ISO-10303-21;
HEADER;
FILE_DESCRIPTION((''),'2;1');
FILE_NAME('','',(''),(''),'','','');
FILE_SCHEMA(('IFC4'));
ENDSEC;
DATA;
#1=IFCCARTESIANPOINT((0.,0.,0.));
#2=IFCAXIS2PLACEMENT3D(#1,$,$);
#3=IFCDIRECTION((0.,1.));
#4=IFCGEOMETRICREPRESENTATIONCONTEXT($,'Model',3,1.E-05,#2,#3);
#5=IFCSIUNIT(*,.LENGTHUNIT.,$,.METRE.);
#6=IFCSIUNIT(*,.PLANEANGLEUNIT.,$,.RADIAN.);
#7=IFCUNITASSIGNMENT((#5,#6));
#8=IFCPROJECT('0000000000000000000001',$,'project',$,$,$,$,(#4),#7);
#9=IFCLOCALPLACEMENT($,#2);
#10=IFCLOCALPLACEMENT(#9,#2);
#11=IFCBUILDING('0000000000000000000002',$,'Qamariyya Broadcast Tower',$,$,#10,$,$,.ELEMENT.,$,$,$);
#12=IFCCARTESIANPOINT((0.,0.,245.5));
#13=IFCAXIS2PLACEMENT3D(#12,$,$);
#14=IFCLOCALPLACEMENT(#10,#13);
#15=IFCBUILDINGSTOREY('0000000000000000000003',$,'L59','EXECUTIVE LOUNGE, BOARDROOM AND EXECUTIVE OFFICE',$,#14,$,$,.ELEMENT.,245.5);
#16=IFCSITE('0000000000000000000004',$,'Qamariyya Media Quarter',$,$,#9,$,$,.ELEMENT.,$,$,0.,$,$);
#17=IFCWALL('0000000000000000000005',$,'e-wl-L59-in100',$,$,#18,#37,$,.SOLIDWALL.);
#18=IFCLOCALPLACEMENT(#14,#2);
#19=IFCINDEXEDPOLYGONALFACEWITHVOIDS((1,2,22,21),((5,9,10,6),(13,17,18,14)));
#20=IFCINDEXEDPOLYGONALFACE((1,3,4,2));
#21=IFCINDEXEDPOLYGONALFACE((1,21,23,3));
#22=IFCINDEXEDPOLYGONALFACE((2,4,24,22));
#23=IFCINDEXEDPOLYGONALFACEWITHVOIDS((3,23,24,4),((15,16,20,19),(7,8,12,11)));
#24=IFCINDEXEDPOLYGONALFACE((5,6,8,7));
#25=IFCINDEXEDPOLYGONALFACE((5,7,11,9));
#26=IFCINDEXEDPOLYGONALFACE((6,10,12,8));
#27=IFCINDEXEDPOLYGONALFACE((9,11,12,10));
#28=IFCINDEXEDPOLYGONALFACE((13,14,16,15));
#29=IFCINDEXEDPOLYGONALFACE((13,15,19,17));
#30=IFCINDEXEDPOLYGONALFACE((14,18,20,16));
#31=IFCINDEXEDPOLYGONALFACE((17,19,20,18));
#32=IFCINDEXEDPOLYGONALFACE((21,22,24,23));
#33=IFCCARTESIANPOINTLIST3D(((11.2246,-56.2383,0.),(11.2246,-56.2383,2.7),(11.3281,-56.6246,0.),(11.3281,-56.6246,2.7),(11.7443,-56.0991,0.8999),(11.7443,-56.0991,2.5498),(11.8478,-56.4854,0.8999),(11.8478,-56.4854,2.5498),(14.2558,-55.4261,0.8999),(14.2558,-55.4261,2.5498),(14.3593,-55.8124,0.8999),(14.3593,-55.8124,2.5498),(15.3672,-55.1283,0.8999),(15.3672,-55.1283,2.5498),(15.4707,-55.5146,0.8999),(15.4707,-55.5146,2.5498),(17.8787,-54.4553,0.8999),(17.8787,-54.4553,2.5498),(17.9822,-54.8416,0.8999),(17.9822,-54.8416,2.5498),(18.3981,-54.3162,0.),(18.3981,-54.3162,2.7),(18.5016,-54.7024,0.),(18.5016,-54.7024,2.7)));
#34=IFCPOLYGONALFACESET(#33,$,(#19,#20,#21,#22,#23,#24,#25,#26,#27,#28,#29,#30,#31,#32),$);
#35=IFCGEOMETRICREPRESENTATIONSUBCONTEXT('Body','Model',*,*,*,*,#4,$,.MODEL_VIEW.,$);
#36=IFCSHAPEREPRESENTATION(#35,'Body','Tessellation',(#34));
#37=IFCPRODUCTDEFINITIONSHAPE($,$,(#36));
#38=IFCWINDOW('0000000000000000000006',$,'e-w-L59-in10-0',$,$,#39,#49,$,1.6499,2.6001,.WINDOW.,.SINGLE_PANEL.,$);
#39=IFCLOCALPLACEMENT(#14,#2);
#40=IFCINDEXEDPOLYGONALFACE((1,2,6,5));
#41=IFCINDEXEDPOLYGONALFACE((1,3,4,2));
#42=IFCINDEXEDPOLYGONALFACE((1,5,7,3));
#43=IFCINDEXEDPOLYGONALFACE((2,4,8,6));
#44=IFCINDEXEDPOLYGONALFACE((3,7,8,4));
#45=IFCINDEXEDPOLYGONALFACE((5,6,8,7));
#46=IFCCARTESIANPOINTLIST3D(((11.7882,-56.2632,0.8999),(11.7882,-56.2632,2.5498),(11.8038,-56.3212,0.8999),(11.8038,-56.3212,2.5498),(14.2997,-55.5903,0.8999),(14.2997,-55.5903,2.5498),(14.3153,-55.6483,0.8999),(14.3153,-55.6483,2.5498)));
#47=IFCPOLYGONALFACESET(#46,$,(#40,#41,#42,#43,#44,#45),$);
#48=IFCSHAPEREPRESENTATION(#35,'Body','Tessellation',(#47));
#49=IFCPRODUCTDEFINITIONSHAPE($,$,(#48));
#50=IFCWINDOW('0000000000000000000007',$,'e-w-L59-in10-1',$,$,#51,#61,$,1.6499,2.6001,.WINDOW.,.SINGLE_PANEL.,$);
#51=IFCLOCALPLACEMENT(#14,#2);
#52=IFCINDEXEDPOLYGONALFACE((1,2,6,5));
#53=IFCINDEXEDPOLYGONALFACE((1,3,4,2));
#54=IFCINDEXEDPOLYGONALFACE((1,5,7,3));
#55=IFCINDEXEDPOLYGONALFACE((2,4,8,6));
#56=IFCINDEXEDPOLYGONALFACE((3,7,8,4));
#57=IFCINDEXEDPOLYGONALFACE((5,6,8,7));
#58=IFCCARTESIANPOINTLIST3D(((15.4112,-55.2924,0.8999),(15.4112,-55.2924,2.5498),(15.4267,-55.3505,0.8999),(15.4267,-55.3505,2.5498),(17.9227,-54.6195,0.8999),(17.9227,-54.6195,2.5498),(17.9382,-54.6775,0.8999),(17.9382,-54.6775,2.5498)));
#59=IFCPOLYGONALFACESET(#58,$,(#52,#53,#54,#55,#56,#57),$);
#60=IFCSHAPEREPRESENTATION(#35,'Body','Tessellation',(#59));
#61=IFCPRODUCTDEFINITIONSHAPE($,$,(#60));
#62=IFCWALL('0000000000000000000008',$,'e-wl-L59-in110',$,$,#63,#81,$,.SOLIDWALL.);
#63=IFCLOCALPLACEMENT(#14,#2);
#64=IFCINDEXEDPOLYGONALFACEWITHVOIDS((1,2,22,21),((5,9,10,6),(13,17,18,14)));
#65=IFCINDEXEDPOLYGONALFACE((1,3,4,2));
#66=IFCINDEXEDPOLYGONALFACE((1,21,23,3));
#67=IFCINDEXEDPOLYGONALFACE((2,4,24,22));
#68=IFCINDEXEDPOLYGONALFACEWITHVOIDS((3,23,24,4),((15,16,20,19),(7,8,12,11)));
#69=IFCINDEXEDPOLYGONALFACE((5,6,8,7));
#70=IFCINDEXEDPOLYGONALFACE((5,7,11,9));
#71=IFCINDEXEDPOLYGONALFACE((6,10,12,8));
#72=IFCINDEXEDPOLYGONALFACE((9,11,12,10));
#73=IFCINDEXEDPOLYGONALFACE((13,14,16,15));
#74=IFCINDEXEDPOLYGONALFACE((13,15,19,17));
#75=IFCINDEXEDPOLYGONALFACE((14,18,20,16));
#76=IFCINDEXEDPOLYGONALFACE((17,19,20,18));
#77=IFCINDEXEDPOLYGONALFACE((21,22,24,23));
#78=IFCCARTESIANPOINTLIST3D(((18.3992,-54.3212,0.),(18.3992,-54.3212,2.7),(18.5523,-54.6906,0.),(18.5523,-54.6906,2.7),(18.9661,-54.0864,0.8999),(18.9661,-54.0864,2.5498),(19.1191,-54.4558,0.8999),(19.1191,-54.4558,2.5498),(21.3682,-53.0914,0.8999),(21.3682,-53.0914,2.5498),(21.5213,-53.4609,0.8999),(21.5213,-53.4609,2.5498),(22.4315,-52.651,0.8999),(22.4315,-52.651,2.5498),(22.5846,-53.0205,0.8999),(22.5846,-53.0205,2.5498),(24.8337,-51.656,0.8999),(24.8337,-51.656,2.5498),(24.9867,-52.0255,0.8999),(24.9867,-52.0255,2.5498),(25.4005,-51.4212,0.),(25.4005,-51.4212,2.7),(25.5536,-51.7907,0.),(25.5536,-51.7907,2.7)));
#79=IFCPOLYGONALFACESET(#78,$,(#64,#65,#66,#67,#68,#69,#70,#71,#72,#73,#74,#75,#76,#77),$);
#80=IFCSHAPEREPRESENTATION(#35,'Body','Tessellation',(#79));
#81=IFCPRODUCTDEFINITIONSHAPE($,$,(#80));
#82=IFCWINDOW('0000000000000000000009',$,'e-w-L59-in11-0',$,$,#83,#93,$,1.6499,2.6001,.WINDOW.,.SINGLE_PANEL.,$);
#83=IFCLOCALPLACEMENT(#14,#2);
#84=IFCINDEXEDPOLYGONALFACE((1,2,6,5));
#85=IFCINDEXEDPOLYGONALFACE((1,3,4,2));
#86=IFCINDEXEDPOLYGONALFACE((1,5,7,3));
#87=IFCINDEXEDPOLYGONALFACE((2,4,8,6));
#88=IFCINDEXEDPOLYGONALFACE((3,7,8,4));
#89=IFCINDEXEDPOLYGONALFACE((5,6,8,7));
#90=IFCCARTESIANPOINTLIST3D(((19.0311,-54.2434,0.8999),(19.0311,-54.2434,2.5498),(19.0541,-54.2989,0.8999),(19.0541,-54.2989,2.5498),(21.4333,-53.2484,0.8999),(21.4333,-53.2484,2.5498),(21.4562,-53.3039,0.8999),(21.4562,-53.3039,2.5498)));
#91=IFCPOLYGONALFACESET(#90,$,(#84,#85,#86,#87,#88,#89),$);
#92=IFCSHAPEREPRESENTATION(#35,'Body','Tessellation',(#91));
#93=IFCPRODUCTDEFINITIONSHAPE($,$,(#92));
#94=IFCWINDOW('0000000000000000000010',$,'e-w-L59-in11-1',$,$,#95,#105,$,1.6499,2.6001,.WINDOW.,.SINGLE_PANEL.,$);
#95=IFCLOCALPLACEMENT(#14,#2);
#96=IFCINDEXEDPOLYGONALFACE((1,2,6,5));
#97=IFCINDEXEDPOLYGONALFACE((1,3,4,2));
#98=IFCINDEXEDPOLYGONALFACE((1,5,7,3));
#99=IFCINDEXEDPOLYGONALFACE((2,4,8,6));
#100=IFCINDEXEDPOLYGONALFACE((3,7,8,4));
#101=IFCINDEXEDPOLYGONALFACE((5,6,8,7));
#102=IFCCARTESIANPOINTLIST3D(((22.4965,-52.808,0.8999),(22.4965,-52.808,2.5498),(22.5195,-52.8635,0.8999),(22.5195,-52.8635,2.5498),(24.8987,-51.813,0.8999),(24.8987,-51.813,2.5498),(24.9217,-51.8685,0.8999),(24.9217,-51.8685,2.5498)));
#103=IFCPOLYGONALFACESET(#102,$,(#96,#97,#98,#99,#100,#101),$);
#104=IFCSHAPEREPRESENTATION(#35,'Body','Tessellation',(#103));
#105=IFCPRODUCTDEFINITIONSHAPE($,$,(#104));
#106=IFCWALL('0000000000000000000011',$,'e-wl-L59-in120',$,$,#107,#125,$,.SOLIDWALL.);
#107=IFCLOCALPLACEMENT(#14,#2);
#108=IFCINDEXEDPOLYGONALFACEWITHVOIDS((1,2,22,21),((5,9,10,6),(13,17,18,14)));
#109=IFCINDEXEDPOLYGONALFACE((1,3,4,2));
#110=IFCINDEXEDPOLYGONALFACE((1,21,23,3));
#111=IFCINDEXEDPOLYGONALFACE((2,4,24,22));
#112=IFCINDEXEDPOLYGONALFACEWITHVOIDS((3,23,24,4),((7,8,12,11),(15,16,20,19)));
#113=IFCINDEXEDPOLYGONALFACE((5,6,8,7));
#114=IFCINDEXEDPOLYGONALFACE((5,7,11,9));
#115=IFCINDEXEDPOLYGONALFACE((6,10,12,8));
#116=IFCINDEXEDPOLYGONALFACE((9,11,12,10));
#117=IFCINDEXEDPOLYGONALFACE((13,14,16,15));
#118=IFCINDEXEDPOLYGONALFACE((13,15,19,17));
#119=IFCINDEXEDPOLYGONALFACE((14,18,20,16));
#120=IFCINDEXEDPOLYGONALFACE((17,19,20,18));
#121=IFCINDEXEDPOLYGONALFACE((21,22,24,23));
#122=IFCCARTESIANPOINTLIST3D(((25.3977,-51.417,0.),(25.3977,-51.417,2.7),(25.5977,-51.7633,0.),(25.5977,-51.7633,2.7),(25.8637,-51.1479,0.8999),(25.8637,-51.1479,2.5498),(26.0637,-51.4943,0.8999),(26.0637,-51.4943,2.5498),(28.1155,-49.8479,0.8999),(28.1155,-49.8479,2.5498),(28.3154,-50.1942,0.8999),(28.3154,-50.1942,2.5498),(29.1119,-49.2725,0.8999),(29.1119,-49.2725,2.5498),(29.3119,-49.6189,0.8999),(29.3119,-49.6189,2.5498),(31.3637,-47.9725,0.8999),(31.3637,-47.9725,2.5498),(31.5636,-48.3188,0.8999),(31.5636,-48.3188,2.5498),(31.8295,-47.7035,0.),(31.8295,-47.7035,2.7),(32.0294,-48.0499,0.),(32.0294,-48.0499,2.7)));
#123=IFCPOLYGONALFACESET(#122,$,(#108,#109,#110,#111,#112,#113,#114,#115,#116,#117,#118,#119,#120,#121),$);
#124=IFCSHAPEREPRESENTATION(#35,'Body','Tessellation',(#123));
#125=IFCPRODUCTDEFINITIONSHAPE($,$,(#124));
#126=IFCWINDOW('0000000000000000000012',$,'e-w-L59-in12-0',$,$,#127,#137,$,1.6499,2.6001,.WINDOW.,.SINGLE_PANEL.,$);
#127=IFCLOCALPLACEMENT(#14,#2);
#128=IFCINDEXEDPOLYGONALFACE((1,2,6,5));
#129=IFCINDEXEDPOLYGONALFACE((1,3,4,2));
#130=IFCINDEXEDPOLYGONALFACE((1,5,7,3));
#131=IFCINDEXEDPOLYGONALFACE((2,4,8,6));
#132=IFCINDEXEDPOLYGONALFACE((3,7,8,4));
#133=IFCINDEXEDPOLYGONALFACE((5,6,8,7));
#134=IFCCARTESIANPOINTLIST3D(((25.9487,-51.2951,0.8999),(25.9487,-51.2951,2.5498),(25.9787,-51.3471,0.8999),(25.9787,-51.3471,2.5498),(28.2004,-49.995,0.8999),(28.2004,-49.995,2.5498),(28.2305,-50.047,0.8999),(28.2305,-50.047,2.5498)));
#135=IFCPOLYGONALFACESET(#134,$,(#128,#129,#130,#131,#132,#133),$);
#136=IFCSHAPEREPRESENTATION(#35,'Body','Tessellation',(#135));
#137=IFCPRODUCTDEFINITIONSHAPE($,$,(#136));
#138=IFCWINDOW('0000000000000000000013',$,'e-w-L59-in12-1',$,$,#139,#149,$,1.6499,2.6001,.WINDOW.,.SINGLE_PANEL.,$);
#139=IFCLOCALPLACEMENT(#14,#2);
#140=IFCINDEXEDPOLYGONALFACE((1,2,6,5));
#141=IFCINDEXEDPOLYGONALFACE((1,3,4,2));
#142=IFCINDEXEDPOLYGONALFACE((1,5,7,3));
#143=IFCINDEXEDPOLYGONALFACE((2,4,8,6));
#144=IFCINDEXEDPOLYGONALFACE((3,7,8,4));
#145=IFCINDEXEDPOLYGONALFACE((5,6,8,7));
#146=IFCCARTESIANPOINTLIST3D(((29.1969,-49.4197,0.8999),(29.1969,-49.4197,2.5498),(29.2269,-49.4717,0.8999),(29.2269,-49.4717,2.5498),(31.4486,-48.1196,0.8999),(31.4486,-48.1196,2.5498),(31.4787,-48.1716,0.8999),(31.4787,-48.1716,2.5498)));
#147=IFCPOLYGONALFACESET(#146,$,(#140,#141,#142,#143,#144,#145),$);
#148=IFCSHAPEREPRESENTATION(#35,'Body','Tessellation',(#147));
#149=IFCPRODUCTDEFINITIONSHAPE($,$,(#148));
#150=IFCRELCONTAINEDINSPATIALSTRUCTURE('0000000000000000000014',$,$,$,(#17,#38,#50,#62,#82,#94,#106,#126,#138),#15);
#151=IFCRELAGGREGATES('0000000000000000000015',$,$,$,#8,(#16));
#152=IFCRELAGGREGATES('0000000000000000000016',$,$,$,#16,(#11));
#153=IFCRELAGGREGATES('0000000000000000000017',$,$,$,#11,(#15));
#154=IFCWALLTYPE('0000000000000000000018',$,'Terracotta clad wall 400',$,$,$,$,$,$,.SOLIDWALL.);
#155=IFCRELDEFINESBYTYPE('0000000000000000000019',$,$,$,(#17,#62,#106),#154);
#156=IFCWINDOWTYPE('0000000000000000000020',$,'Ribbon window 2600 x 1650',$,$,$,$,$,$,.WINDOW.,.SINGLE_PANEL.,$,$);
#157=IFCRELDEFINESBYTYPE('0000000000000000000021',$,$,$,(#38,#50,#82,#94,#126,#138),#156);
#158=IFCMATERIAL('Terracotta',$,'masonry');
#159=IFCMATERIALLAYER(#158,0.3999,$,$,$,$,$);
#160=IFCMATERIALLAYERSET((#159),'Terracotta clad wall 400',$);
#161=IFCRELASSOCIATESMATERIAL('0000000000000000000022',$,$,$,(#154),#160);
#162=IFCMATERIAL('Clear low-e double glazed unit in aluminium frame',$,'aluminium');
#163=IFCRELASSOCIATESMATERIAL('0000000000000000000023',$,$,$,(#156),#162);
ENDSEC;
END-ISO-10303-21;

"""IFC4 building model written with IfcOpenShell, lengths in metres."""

from ifc_helpers import new_model, si_unit, direction, frame, frame_2d, origin, place, context, subcontext, project, spatial, rectangle, extrude, material, layer, layer_set, type_object, element, fill, save


model = new_model("IFC4")

# Units and contexts
model_context = context("Model", 3, precision=1e-05, world=origin(), true_north=direction((0.0, 1.0)))
body_context = subcontext(model_context, "Body", "Model", "MODEL_VIEW")
ifc_project = project(units=[si_unit("LENGTHUNIT", "METRE"), si_unit("PLANEANGLEUNIT", "RADIAN")], contexts=[model_context])

# Site, building, storey
site_placement = place(None, origin())
site = spatial("IfcSite", under=ifc_project, at=site_placement, Name="Qamariyya Media Quarter", CompositionType="ELEMENT", RefElevation=0.0)
building_placement = place(site_placement, origin())
building = spatial("IfcBuilding", under=site, at=building_placement, Name="Qamariyya Broadcast Tower", CompositionType="ELEMENT")
storey_placement = place(building_placement, frame((0.0, 0.0, 245.5)))
storey = spatial("IfcBuildingStorey", under=building, at=storey_placement, Name="L59", Description="EXECUTIVE LOUNGE, BOARDROOM AND EXECUTIVE OFFICE", CompositionType="ELEMENT", Elevation=245.5)

# Walls, openings, windows
ifc_material_1 = material(Name="Terracotta", Category="masonry")
ifc_layer_1 = layer(ifc_material_1, 0.3999)
ifc_layer_set_1 = layer_set([ifc_layer_1], Name="Terracotta clad wall 400")
wall_type_1 = type_object("IfcWallType", Name="Terracotta clad wall 400", PredefinedType="SOLIDWALL", material=ifc_layer_set_1)
wall_1_placement = place(storey_placement, frame((18.45, -54.5093, 0.0), z_axis=(0.0, 0.0, 1.0), x_axis=(-0.965925, -0.258823, 0.0)))
wall_1 = element("IfcWall", 1, at=wall_1_placement, inside=storey, type_object=wall_type_1, Name="e-wl-L59-in100", PredefinedType="SOLIDWALL", context=body_context, shape_type="SweptSolid", body=[
    extrude(rectangle(XDim=7.4265, YDim=0.3999, at=frame_2d((3.7134, 0.0))), origin(), (0.0, 0.0, 1.0), 2.7),
])
opening_1_placement = place(wall_1_placement, frame((4.2886, 0.0, 0.8999)))
opening_1 = element("IfcOpeningElement", 2, at=opening_1_placement, cuts=wall_1, PredefinedType="OPENING", context=body_context, shape_type="SweptSolid", body=[
    extrude(rectangle(XDim=2.6001, YDim=1.6499, at=frame_2d((1.3, 0.825))), frame((0.0, 0.21, 0.0), z_axis=(0.0, -1.0, 0.0), x_axis=(1.0, 0.0, 0.0)), (0.0, 0.0, 1.0), 0.4199),
])
opening_2_placement = place(wall_1_placement, frame((0.5378, 0.0, 0.8999)))
opening_2 = element("IfcOpeningElement", 3, at=opening_2_placement, cuts=wall_1, PredefinedType="OPENING", context=body_context, shape_type="SweptSolid", body=[
    extrude(rectangle(XDim=2.6001, YDim=1.6499, at=frame_2d((1.3, 0.825))), frame((0.0, 0.21, 0.0), z_axis=(0.0, -1.0, 0.0), x_axis=(1.0, 0.0, 0.0)), (0.0, 0.0, 1.0), 0.4199),
])
ifc_material_2 = material(Name="Clear low-e double glazed unit in aluminium frame", Category="aluminium")
window_type = type_object("IfcWindowType", Name="Ribbon window 2600 x 1650", PartitioningType="SINGLE_PANEL", PredefinedType="WINDOW", material=ifc_material_2)
window_1_placement = place(opening_1_placement, origin())
window_1 = element("IfcWindow", 4, at=window_1_placement, inside=storey, type_object=window_type, Name="e-w-L59-in10-0", OverallHeight=1.6499, OverallWidth=2.6001, PartitioningType="SINGLE_PANEL", PredefinedType="WINDOW", context=body_context, shape_type="SweptSolid", body=[
    extrude(rectangle(XDim=2.6001, YDim=1.6499, at=frame_2d((1.3, 0.825))), frame((0.0, 0.03, 0.0), z_axis=(0.0, -1.0, 0.0), x_axis=(1.0, 0.0, 0.0)), (0.0, 0.0, 1.0), 0.0601),
])
fill(opening_1, window_1)
window_2_placement = place(opening_2_placement, origin())
window_2 = element("IfcWindow", 5, at=window_2_placement, inside=storey, type_object=window_type, Name="e-w-L59-in10-1", OverallHeight=1.6499, OverallWidth=2.6001, PartitioningType="SINGLE_PANEL", PredefinedType="WINDOW", context=body_context, shape_type="SweptSolid", body=[
    extrude(rectangle(XDim=2.6001, YDim=1.6499, at=frame_2d((1.3, 0.825))), frame((0.0, 0.03, 0.0), z_axis=(0.0, -1.0, 0.0), x_axis=(1.0, 0.0, 0.0)), (0.0, 0.0, 1.0), 0.0601),
])
fill(opening_2, window_2)
wall_2_placement = place(storey_placement, frame((25.4771, -51.606, 0.0), z_axis=(0.0, 0.0, 1.0), x_axis=(-0.923884, -0.382672, 0.0)))
wall_2 = element("IfcWall", 6, at=wall_2_placement, inside=storey, type_object=wall_type_1, Name="e-wl-L59-in110", PredefinedType="SOLIDWALL", context=body_context, shape_type="SweptSolid", body=[
    extrude(rectangle(XDim=7.5781, YDim=0.3999, at=frame_2d((3.7891, 0.0))), origin(), (0.0, 0.0, 1.0), 2.7),
])
opening_3_placement = place(wall_2_placement, frame((4.3645, 0.0, 0.8999)))
opening_3 = element("IfcOpeningElement", 7, at=opening_3_placement, cuts=wall_2, PredefinedType="OPENING", context=body_context, shape_type="SweptSolid", body=[
    extrude(rectangle(XDim=2.6001, YDim=1.6499, at=frame_2d((1.3, 0.825))), frame((0.0, 0.21, 0.0), z_axis=(0.0, -1.0, 0.0), x_axis=(1.0, 0.0, 0.0)), (0.0, 0.0, 1.0), 0.4199),
])
opening_4_placement = place(wall_2_placement, frame((0.6135, 0.0, 0.8999)))
opening_4 = element("IfcOpeningElement", 8, at=opening_4_placement, cuts=wall_2, PredefinedType="OPENING", context=body_context, shape_type="SweptSolid", body=[
    extrude(rectangle(XDim=2.6001, YDim=1.6499, at=frame_2d((1.3, 0.825))), frame((0.0, 0.21, 0.0), z_axis=(0.0, -1.0, 0.0), x_axis=(1.0, 0.0, 0.0)), (0.0, 0.0, 1.0), 0.4199),
])
window_3_placement = place(opening_3_placement, origin())
window_3 = element("IfcWindow", 9, at=window_3_placement, inside=storey, type_object=window_type, Name="e-w-L59-in11-0", OverallHeight=1.6499, OverallWidth=2.6001, PartitioningType="SINGLE_PANEL", PredefinedType="WINDOW", context=body_context, shape_type="SweptSolid", body=[
    extrude(rectangle(XDim=2.6001, YDim=1.6499, at=frame_2d((1.3, 0.825))), frame((0.0, 0.03, 0.0), z_axis=(0.0, -1.0, 0.0), x_axis=(1.0, 0.0, 0.0)), (0.0, 0.0, 1.0), 0.0601),
])
fill(opening_3, window_3)
window_4_placement = place(opening_4_placement, origin())
window_4 = element("IfcWindow", 10, at=window_4_placement, inside=storey, type_object=window_type, Name="e-w-L59-in11-1", OverallHeight=1.6499, OverallWidth=2.6001, PartitioningType="SINGLE_PANEL", PredefinedType="WINDOW", context=body_context, shape_type="SweptSolid", body=[
    extrude(rectangle(XDim=2.6001, YDim=1.6499, at=frame_2d((1.3, 0.825))), frame((0.0, 0.03, 0.0), z_axis=(0.0, -1.0, 0.0), x_axis=(1.0, 0.0, 0.0)), (0.0, 0.0, 1.0), 0.0601),
])
fill(opening_4, window_4)
wall_3_placement = place(storey_placement, frame((31.9294, -47.8767, 0.0), z_axis=(0.0, 0.0, 1.0), x_axis=(-0.866021, -0.500007, 0.0)))
wall_3 = element("IfcWall", 11, at=wall_3_placement, inside=storey, type_object=wall_type_1, Name="e-wl-L59-in120", PredefinedType="SOLIDWALL", context=body_context, shape_type="SweptSolid", body=[
    extrude(rectangle(XDim=7.4268, YDim=0.3999, at=frame_2d((3.7134, 0.0))), origin(), (0.0, 0.0, 1.0), 2.7),
])
opening_5_placement = place(wall_3_placement, frame((4.2886, 0.0, 0.8999)))
opening_5 = element("IfcOpeningElement", 12, at=opening_5_placement, cuts=wall_3, PredefinedType="OPENING", context=body_context, shape_type="SweptSolid", body=[
    extrude(rectangle(XDim=2.6001, YDim=1.6499, at=frame_2d((1.3, 0.825))), frame((0.0, 0.21, 0.0), z_axis=(0.0, -1.0, 0.0), x_axis=(1.0, 0.0, 0.0)), (0.0, 0.0, 1.0), 0.4199),
])
opening_6_placement = place(wall_3_placement, frame((0.5378, 0.0, 0.8999)))
opening_6 = element("IfcOpeningElement", 13, at=opening_6_placement, cuts=wall_3, PredefinedType="OPENING", context=body_context, shape_type="SweptSolid", body=[
    extrude(rectangle(XDim=2.6001, YDim=1.6499, at=frame_2d((1.3, 0.825))), frame((0.0, 0.21, 0.0), z_axis=(0.0, -1.0, 0.0), x_axis=(1.0, 0.0, 0.0)), (0.0, 0.0, 1.0), 0.4199),
])
window_5_placement = place(opening_5_placement, origin())
window_5 = element("IfcWindow", 14, at=window_5_placement, inside=storey, type_object=window_type, Name="e-w-L59-in12-0", OverallHeight=1.6499, OverallWidth=2.6001, PartitioningType="SINGLE_PANEL", PredefinedType="WINDOW", context=body_context, shape_type="SweptSolid", body=[
    extrude(rectangle(XDim=2.6001, YDim=1.6499, at=frame_2d((1.3, 0.825))), frame((0.0, 0.03, 0.0), z_axis=(0.0, -1.0, 0.0), x_axis=(1.0, 0.0, 0.0)), (0.0, 0.0, 1.0), 0.0601),
])
fill(opening_5, window_5)
window_6_placement = place(opening_6_placement, origin())
window_6 = element("IfcWindow", 15, at=window_6_placement, inside=storey, type_object=window_type, Name="e-w-L59-in12-1", OverallHeight=1.6499, OverallWidth=2.6001, PartitioningType="SINGLE_PANEL", PredefinedType="WINDOW", context=body_context, shape_type="SweptSolid", body=[
    extrude(rectangle(XDim=2.6001, YDim=1.6499, at=frame_2d((1.3, 0.825))), frame((0.0, 0.03, 0.0), z_axis=(0.0, -1.0, 0.0), x_axis=(1.0, 0.0, 0.0)), (0.0, 0.0, 1.0), 0.0601),
])
fill(opening_6, window_6)

save(model, "model.ifc")
